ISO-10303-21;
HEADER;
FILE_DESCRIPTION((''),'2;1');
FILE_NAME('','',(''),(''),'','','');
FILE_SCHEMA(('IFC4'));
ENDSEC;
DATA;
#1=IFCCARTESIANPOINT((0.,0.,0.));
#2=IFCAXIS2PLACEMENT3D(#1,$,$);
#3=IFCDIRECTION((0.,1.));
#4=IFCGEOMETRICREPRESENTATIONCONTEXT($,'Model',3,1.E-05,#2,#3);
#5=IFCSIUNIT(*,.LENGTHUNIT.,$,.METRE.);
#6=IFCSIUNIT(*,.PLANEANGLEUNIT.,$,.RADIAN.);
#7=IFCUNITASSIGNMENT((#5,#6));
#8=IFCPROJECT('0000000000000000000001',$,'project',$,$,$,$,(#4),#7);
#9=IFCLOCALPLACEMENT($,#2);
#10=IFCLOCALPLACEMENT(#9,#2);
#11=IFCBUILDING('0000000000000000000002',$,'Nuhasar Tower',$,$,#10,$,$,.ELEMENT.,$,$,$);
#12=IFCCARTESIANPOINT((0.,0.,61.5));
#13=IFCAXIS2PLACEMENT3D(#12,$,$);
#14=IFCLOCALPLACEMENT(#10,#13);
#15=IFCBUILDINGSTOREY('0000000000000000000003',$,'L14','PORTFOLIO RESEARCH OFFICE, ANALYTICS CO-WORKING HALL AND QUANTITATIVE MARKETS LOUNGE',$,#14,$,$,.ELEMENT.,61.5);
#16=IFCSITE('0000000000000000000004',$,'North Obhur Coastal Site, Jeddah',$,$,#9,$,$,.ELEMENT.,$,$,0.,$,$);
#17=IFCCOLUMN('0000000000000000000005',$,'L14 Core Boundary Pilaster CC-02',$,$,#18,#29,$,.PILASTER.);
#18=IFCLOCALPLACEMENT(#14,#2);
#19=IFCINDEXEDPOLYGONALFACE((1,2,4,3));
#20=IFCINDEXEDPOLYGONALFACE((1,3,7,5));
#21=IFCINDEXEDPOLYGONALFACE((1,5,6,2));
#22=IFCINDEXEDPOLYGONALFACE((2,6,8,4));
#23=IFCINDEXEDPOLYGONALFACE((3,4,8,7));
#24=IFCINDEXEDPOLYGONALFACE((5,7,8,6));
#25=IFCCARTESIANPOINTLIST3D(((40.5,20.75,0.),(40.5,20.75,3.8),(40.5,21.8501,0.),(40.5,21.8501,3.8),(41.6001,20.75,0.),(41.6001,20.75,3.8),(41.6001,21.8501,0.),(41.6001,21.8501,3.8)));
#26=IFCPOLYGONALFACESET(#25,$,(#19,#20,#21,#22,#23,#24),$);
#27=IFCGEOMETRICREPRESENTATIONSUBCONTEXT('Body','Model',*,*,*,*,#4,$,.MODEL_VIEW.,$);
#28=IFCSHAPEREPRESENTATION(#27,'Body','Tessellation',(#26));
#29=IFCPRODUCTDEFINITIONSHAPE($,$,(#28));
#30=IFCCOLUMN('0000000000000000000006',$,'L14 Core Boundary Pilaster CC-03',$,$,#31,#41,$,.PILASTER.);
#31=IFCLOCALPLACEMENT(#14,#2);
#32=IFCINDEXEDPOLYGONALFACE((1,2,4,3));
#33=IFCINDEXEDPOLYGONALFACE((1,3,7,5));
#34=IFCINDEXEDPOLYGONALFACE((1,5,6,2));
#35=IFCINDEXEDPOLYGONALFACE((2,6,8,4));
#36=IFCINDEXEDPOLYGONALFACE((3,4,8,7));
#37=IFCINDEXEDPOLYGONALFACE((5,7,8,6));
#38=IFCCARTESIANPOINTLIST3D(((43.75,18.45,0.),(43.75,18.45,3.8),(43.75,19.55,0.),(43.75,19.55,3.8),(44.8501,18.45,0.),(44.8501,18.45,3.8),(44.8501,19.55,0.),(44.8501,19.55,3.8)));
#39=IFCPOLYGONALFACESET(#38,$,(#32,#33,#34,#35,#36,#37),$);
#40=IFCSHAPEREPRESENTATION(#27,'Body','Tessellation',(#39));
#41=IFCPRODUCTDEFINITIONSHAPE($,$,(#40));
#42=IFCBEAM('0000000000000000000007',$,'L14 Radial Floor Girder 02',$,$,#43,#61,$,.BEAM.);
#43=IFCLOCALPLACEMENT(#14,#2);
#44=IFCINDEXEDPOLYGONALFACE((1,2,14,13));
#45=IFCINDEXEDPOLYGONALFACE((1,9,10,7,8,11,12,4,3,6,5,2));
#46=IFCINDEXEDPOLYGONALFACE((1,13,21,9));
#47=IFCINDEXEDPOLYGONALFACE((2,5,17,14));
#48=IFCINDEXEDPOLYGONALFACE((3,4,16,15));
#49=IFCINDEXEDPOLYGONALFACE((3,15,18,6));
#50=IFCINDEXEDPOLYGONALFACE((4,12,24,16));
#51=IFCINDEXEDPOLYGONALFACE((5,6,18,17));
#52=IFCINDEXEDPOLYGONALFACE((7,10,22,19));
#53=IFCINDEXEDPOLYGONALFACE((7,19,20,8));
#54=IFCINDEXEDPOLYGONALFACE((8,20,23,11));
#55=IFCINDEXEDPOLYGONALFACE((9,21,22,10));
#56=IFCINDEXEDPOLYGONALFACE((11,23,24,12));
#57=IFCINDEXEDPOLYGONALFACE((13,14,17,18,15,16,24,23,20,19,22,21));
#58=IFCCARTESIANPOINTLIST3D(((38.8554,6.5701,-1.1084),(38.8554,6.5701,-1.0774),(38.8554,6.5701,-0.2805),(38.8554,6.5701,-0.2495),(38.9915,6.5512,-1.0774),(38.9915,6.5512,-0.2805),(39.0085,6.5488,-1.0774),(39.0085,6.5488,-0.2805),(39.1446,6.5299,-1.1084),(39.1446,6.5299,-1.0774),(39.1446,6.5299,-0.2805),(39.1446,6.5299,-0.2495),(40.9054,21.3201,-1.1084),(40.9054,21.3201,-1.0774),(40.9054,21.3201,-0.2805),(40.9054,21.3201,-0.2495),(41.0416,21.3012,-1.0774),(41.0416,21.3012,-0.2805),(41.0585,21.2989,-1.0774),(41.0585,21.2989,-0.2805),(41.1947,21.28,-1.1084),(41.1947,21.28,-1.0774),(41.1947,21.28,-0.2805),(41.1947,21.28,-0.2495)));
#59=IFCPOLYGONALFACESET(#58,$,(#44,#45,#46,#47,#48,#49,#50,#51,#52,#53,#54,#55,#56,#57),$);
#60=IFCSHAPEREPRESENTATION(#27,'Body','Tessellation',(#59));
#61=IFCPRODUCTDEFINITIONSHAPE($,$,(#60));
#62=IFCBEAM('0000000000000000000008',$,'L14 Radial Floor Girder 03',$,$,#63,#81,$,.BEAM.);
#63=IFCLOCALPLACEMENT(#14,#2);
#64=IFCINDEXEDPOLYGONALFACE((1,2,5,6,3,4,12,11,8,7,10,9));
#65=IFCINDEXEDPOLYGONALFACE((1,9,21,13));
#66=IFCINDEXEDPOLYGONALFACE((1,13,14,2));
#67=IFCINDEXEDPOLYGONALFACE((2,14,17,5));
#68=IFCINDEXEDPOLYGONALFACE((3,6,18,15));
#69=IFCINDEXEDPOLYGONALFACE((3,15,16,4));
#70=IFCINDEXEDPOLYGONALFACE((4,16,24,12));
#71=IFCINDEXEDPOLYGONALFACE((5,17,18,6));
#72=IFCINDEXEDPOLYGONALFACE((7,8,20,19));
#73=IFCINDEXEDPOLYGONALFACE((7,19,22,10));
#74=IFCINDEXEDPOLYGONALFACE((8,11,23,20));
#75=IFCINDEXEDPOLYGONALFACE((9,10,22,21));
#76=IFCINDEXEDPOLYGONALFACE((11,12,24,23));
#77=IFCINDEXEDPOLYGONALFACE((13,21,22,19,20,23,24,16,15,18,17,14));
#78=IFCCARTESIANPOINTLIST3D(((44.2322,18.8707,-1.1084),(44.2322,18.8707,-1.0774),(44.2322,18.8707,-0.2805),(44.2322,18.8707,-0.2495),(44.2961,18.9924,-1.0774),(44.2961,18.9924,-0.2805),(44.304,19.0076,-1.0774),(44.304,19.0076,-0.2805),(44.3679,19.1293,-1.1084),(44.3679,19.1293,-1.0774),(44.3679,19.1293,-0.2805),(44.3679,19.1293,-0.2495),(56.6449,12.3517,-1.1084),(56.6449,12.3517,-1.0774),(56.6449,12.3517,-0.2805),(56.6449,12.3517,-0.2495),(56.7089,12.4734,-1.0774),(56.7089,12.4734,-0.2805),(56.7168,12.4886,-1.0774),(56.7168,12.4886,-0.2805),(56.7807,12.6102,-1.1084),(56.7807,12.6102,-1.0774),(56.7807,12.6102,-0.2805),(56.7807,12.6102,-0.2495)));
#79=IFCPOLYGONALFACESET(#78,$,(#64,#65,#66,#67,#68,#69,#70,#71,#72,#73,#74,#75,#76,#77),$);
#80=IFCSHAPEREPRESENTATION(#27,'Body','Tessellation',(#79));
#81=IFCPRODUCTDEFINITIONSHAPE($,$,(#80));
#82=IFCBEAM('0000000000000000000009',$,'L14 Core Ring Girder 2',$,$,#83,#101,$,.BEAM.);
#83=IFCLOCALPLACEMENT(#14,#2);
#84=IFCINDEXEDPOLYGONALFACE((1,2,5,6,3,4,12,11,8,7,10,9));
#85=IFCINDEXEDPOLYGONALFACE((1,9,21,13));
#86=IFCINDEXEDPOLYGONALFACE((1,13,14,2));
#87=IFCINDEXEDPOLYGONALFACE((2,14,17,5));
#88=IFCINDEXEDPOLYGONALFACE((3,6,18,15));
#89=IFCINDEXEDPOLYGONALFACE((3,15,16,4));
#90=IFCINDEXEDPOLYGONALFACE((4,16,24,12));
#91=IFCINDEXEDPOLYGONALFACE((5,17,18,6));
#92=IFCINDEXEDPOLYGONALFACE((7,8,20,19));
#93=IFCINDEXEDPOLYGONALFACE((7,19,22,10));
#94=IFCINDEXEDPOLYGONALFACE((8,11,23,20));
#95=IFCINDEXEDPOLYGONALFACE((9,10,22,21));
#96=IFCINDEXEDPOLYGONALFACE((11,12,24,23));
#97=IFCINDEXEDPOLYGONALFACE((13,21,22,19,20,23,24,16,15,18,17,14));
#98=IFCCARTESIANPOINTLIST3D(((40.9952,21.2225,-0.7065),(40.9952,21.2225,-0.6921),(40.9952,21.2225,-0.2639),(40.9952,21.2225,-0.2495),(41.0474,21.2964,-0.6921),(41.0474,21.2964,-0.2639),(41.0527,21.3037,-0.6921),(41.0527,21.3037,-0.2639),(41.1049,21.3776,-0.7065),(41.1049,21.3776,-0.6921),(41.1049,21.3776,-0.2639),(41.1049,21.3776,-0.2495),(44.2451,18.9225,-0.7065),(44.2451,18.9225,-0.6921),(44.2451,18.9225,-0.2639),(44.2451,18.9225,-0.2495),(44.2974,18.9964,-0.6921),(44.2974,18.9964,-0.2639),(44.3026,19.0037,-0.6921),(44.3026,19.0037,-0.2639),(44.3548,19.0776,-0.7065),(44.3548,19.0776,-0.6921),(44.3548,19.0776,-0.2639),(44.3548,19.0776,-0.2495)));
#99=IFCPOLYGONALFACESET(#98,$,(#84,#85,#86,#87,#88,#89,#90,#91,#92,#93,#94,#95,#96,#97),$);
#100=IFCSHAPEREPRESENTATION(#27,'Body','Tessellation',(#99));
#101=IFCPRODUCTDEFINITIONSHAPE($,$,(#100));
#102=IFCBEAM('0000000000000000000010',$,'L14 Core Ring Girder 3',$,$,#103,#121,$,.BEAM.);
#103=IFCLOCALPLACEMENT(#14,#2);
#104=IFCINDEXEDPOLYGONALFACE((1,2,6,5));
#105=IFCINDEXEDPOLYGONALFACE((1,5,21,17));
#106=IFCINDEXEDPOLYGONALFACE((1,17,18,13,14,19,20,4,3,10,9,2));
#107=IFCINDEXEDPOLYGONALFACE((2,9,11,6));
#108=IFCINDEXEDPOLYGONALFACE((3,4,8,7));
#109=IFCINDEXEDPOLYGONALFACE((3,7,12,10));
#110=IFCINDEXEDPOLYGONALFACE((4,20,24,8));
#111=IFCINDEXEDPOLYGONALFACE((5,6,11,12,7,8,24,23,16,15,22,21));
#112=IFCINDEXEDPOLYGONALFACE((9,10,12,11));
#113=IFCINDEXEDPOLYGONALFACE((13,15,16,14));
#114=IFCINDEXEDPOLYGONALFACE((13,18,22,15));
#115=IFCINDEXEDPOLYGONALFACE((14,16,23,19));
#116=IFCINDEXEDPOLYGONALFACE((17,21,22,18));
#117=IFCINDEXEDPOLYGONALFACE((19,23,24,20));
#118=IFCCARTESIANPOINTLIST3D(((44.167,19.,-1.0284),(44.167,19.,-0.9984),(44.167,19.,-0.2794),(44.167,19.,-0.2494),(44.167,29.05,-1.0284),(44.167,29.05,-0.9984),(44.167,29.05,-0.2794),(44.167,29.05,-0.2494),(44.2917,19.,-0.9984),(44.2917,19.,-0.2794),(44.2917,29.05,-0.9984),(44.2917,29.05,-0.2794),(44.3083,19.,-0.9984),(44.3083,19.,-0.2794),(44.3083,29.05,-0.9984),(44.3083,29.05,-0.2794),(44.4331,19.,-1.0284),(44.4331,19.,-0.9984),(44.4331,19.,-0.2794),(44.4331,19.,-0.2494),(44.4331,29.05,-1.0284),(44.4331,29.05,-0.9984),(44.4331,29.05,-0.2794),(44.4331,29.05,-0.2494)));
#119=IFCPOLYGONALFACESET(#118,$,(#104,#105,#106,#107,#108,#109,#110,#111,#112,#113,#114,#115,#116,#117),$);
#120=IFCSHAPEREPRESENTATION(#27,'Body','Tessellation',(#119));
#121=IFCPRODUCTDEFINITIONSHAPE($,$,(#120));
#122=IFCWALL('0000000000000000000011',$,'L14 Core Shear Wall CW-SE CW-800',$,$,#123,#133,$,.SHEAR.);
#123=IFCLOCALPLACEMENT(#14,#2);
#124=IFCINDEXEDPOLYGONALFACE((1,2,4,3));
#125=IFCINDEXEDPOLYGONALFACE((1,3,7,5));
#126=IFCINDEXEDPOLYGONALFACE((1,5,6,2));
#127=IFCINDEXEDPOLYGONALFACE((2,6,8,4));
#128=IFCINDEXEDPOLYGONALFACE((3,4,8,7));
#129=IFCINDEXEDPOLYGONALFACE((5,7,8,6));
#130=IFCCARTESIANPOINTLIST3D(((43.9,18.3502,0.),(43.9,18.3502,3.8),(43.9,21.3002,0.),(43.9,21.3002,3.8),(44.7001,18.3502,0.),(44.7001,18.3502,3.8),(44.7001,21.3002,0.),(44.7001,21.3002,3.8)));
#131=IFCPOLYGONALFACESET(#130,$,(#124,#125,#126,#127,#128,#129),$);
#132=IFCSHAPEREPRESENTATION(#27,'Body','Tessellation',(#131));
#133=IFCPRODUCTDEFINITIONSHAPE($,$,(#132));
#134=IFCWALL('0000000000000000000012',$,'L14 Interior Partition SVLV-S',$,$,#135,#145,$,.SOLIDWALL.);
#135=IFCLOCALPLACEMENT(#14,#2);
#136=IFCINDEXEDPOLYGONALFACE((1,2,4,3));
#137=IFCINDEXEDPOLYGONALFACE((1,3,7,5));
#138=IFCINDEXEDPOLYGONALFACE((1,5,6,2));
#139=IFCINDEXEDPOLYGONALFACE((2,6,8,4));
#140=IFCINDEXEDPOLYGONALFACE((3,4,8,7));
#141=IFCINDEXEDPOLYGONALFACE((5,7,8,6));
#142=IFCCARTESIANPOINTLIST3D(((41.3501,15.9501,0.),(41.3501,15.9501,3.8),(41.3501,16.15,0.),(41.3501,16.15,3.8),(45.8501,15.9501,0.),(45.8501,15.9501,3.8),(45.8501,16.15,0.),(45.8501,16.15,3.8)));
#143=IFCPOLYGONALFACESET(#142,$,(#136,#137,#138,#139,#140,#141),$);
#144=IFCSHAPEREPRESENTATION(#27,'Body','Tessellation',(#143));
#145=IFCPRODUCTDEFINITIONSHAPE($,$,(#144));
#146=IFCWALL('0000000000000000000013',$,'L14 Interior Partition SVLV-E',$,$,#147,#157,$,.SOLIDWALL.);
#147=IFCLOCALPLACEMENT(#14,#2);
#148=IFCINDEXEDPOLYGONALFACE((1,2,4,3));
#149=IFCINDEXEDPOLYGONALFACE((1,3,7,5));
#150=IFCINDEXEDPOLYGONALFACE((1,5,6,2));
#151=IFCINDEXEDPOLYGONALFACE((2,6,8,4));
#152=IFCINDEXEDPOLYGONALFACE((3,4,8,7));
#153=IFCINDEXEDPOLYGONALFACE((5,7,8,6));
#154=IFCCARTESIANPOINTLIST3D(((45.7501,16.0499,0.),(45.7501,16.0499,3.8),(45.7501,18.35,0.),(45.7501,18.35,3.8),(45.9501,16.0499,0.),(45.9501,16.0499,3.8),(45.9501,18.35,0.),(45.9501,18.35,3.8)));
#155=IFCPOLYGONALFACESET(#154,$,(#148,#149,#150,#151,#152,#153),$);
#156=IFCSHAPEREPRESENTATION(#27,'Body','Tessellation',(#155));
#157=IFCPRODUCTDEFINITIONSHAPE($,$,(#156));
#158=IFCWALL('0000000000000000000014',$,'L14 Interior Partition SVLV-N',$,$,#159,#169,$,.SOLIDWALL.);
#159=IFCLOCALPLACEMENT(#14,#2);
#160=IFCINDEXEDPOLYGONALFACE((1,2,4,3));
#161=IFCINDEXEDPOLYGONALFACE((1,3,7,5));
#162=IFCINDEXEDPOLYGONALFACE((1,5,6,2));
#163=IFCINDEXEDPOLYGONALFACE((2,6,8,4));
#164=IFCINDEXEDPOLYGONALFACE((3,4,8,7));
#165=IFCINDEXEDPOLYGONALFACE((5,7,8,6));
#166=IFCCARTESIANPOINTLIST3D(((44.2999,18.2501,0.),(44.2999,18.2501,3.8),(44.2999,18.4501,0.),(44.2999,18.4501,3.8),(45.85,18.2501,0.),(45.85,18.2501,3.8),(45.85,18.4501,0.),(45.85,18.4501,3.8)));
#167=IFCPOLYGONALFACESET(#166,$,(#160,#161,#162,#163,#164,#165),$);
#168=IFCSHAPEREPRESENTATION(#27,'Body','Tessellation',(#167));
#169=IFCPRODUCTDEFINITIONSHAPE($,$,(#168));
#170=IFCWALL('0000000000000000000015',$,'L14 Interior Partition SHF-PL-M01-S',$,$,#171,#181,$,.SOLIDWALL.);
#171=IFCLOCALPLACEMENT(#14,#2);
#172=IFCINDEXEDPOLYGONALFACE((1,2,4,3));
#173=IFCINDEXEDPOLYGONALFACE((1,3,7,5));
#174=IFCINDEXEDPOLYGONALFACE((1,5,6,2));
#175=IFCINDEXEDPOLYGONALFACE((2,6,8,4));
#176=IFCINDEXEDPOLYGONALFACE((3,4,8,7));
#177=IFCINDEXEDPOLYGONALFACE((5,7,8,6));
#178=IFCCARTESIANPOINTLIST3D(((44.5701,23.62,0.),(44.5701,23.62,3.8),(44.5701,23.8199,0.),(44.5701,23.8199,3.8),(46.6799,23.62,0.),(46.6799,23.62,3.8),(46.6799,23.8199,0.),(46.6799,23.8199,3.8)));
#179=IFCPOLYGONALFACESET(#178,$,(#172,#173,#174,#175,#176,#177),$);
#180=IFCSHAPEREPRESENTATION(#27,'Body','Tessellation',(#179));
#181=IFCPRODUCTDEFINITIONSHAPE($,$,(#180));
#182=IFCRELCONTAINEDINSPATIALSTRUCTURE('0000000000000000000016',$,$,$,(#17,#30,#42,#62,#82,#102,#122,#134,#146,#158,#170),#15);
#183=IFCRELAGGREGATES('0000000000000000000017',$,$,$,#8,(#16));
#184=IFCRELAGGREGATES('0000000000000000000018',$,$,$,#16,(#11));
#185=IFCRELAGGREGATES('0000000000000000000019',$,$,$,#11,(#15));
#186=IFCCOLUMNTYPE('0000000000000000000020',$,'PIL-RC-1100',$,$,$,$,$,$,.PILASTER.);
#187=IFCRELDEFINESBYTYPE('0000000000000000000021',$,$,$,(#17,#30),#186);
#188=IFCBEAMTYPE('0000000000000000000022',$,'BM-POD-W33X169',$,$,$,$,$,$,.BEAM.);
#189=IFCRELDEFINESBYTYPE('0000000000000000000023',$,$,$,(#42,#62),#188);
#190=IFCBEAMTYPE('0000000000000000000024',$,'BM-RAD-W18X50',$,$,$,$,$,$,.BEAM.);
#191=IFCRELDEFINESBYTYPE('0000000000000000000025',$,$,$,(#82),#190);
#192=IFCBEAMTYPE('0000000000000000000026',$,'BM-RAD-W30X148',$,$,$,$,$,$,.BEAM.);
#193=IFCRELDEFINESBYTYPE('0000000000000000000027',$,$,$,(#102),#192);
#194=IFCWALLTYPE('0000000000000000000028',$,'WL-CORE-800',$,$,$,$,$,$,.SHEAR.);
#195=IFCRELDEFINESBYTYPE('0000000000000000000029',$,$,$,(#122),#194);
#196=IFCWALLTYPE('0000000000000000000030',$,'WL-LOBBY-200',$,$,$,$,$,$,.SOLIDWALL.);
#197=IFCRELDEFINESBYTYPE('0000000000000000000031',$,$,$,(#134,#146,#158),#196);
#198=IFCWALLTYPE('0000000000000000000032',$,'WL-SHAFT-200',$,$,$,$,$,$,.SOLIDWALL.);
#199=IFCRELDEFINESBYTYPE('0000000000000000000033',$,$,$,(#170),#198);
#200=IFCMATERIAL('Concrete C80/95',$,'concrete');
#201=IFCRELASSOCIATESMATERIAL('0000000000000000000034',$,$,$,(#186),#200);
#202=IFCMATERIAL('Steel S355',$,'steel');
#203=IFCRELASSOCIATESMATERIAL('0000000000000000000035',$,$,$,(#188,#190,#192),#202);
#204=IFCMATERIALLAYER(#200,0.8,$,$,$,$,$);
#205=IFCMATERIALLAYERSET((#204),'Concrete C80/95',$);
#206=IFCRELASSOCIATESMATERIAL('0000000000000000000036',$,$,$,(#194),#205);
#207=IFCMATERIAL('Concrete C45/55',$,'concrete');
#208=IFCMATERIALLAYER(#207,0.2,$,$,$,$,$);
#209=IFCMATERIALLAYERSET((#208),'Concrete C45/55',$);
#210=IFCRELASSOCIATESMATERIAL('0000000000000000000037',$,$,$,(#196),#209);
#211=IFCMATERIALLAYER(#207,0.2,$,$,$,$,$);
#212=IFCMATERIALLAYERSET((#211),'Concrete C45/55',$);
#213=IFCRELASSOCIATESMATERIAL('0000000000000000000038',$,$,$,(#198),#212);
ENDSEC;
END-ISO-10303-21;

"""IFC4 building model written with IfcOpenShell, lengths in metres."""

from ifc_helpers import new_model, si_unit, direction, frame, frame_2d, origin, origin_2d, place, context, subcontext, project, spatial, rectangle, i_section, extrude, material, layer, layer_set, material_profile, profile_set, type_object, element, save


model = new_model("IFC4")

# Units and contexts
model_context = context("Model", 3, precision=1e-05, world=origin(), true_north=direction((0.0, 1.0)))
body_context = subcontext(model_context, "Body", "Model", "MODEL_VIEW")
ifc_project = project(units=[si_unit("LENGTHUNIT", "METRE"), si_unit("PLANEANGLEUNIT", "RADIAN")], contexts=[model_context])

# Site, building, storey
site_placement = place(None, origin())
site = spatial("IfcSite", under=ifc_project, at=site_placement, Name="North Obhur Coastal Site, Jeddah", CompositionType="ELEMENT", RefElevation=0.0)
building_placement = place(site_placement, origin())
building = spatial("IfcBuilding", under=site, at=building_placement, Name="Nuhasar Tower", CompositionType="ELEMENT")
storey_placement = place(building_placement, frame((0.0, 0.0, 61.5)))
storey = spatial("IfcBuildingStorey", under=building, at=storey_placement, Name="L14", Description="PORTFOLIO RESEARCH OFFICE, ANALYTICS CO-WORKING HALL AND QUANTITATIVE MARKETS LOUNGE", CompositionType="ELEMENT", Elevation=61.5)

# Columns
ifc_material_1 = material(Name="Concrete C80/95", Category="concrete")
ifc_material_profile_1 = material_profile(ifc_material_1, rectangle(XDim=1.1001, YDim=1.1001, at=origin_2d()), Name="RC1100X1100")
ifc_profile_set_1 = profile_set([ifc_material_profile_1], Name="Concrete C80/95")
column_type = type_object("IfcColumnType", Name="PIL-RC-1100", PredefinedType="PILASTER", material=ifc_profile_set_1)
for number, where, z_axis, x_axis, name in (
    (1, (41.05, 21.3, 0.0), (0.0, 0.0, 1.0), (1.0, 0.0, 0.0), "L14 Core Boundary Pilaster CC-02"),
    (2, (44.3, 19.0, 0.0), (0.0, 0.0, 1.0), (1.0, 0.0, 0.0), "L14 Core Boundary Pilaster CC-03"),
):
    element("IfcColumn", number, at=place(storey_placement, frame(where, z_axis=z_axis, x_axis=x_axis)), inside=storey, type_object=column_type, Name=name, PredefinedType="PILASTER", context=body_context, shape_type="SweptSolid", body=[
        extrude(rectangle(XDim=1.1001, YDim=1.1001, at=origin_2d()), origin(), (0.0, 0.0, 1.0), 3.8),
    ])

# Beams
ifc_material_2 = material(Name="Steel S355", Category="steel")
ifc_material_profile_2 = material_profile(ifc_material_2, i_section(OverallWidth=0.292, OverallDepth=0.8589, WebThickness=0.0171, FlangeThickness=0.031, at=origin_2d()), Name="W33X169")
ifc_profile_set_2 = profile_set([ifc_material_profile_2], Name="Steel S355")
beam_type_1 = type_object("IfcBeamType", Name="BM-POD-W33X169", PredefinedType="BEAM", material=ifc_profile_set_2)
beam_1_placement = place(storey_placement, frame((41.05, 21.3, -0.679), z_axis=(-0.137663, -0.990479, 0.0), x_axis=(0.990479, -0.137663, 0.0)))
element("IfcBeam", 3, at=beam_1_placement, inside=storey, type_object=beam_type_1, Name="L14 Radial Floor Girder 02", PredefinedType="BEAM", context=body_context, shape_type="SweptSolid", body=[
    extrude(i_section(OverallWidth=0.292, OverallDepth=0.8589, WebThickness=0.0171, FlangeThickness=0.031, at=origin_2d()), origin(), (0.0, 0.0, 1.0), 14.8918),
])
beam_2_placement = place(storey_placement, frame((44.3, 19.0, -0.679), z_axis=(0.88533, -0.464963, 0.0), x_axis=(0.464963, 0.88533, 0.0)))
element("IfcBeam", 4, at=beam_2_placement, inside=storey, type_object=beam_type_1, Name="L14 Radial Floor Girder 03", PredefinedType="BEAM", context=body_context, shape_type="SweptSolid", body=[
    extrude(i_section(OverallWidth=0.292, OverallDepth=0.8589, WebThickness=0.0171, FlangeThickness=0.031, at=origin_2d()), origin(), (0.0, 0.0, 1.0), 14.0205),
])
ifc_material_profile_3 = material_profile(ifc_material_2, i_section(OverallWidth=0.1899, OverallDepth=0.457, WebThickness=0.009, FlangeThickness=0.0144, at=origin_2d()), Name="W18X50")
ifc_profile_set_3 = profile_set([ifc_material_profile_3], Name="Steel S355")
beam_type_2 = type_object("IfcBeamType", Name="BM-RAD-W18X50", PredefinedType="BEAM", material=ifc_profile_set_3)
beam_3_placement = place(storey_placement, frame((41.05, 21.3, -0.478), z_axis=(0.816265, -0.577677, 0.0), x_axis=(0.577677, 0.816265, 0.0)))
element("IfcBeam", 5, at=beam_3_placement, inside=storey, type_object=beam_type_2, Name="L14 Core Ring Girder 2", PredefinedType="BEAM", context=body_context, shape_type="SweptSolid", body=[
    extrude(i_section(OverallWidth=0.1899, OverallDepth=0.457, WebThickness=0.009, FlangeThickness=0.0144, at=origin_2d()), origin(), (0.0, 0.0, 1.0), 3.9814),
])
ifc_material_profile_4 = material_profile(ifc_material_2, i_section(OverallWidth=0.2661, OverallDepth=0.7791, WebThickness=0.0166, FlangeThickness=0.03, at=origin_2d()), Name="W30X148")
ifc_profile_set_4 = profile_set([ifc_material_profile_4], Name="Steel S355")
beam_type_3 = type_object("IfcBeamType", Name="BM-RAD-W30X148", PredefinedType="BEAM", material=ifc_profile_set_4)
beam_4_placement = place(storey_placement, frame((44.3, 19.0, -0.6389), z_axis=(0.0, 1.0, 0.0), x_axis=(-1.0, 0.0, 0.0)))
element("IfcBeam", 6, at=beam_4_placement, inside=storey, type_object=beam_type_3, Name="L14 Core Ring Girder 3", PredefinedType="BEAM", context=body_context, shape_type="SweptSolid", body=[
    extrude(i_section(OverallWidth=0.2661, OverallDepth=0.7791, WebThickness=0.0166, FlangeThickness=0.03, at=origin_2d()), origin(), (0.0, 0.0, 1.0), 10.05),
])

# Wall
ifc_layer_1 = layer(ifc_material_1, 0.8)
ifc_layer_set_1 = layer_set([ifc_layer_1], Name="Concrete C80/95")
wall_type_1 = type_object("IfcWallType", Name="WL-CORE-800", PredefinedType="SHEAR", material=ifc_layer_set_1)
wall_1_placement = place(storey_placement, frame((44.3, 18.3501, 0.0), z_axis=(0.0, 0.0, 1.0), x_axis=(0.0, 1.0, 0.0)))
element("IfcWall", 7, at=wall_1_placement, inside=storey, type_object=wall_type_1, Name="L14 Core Shear Wall CW-SE CW-800", PredefinedType="SHEAR", context=body_context, shape_type="SweptSolid", body=[
    extrude(rectangle(XDim=2.95, YDim=0.8, at=frame_2d((1.4751, 0.0))), origin(), (0.0, 0.0, 1.0), 3.8),
])

# Shared definitions
ifc_material_3 = material(Name="Concrete C45/55", Category="concrete")
ifc_layer_2 = layer(ifc_material_3, 0.2)
ifc_layer_set_2 = layer_set([ifc_layer_2], Name="Concrete C45/55")
wall_type_2 = type_object("IfcWallType", Name="WL-LOBBY-200", PredefinedType="SOLIDWALL", material=ifc_layer_set_2)

# Walls
wall_2_placement = place(storey_placement, frame((41.3501, 16.05, 0.0), z_axis=(0.0, 0.0, 1.0), x_axis=(1.0, 0.0, 0.0)))
element("IfcWall", 8, at=wall_2_placement, inside=storey, type_object=wall_type_2, Name="L14 Interior Partition SVLV-S", PredefinedType="SOLIDWALL", context=body_context, shape_type="SweptSolid", body=[
    extrude(rectangle(XDim=4.5, YDim=0.2, at=frame_2d((2.25, 0.0))), origin(), (0.0, 0.0, 1.0), 3.8),
])
wall_3_placement = place(storey_placement, frame((45.8501, 16.05, 0.0), z_axis=(0.0, 0.0, 1.0), x_axis=(0.0, 1.0, 0.0)))
element("IfcWall", 9, at=wall_3_placement, inside=storey, type_object=wall_type_2, Name="L14 Interior Partition SVLV-E", PredefinedType="SOLIDWALL", context=body_context, shape_type="SweptSolid", body=[
    extrude(rectangle(XDim=2.3, YDim=0.2, at=frame_2d((1.1499, 0.0))), origin(), (0.0, 0.0, 1.0), 3.8),
])
wall_4_placement = place(storey_placement, frame((44.3, 18.3501, 0.0), z_axis=(0.0, 0.0, 1.0), x_axis=(1.0, 0.0, 0.0)))
element("IfcWall", 10, at=wall_4_placement, inside=storey, type_object=wall_type_2, Name="L14 Interior Partition SVLV-N", PredefinedType="SOLIDWALL", context=body_context, shape_type="SweptSolid", body=[
    extrude(rectangle(XDim=1.55, YDim=0.2, at=frame_2d((0.7749, 0.0))), origin(), (0.0, 0.0, 1.0), 3.8),
])
ifc_layer_3 = layer(ifc_material_3, 0.2)
ifc_layer_set_3 = layer_set([ifc_layer_3], Name="Concrete C45/55")
wall_type_3 = type_object("IfcWallType", Name="WL-SHAFT-200", PredefinedType="SOLIDWALL", material=ifc_layer_set_3)
for number, where, z_axis, x_axis, name in (
    (11, (44.5701, 23.72, 0.0), (0.0, 0.0, 1.0), (1.0, 0.0, 0.0), "L14 Interior Partition SHF-PL-M01-S"),
):
    element("IfcWall", number, at=place(storey_placement, frame(where, z_axis=z_axis, x_axis=x_axis)), inside=storey, type_object=wall_type_3, Name=name, PredefinedType="SOLIDWALL", context=body_context, shape_type="SweptSolid", body=[
        extrude(rectangle(XDim=2.1099, YDim=0.2, at=frame_2d((1.0549, 0.0))), origin(), (0.0, 0.0, 1.0), 3.8),
    ])

save(model, "model.ifc")
